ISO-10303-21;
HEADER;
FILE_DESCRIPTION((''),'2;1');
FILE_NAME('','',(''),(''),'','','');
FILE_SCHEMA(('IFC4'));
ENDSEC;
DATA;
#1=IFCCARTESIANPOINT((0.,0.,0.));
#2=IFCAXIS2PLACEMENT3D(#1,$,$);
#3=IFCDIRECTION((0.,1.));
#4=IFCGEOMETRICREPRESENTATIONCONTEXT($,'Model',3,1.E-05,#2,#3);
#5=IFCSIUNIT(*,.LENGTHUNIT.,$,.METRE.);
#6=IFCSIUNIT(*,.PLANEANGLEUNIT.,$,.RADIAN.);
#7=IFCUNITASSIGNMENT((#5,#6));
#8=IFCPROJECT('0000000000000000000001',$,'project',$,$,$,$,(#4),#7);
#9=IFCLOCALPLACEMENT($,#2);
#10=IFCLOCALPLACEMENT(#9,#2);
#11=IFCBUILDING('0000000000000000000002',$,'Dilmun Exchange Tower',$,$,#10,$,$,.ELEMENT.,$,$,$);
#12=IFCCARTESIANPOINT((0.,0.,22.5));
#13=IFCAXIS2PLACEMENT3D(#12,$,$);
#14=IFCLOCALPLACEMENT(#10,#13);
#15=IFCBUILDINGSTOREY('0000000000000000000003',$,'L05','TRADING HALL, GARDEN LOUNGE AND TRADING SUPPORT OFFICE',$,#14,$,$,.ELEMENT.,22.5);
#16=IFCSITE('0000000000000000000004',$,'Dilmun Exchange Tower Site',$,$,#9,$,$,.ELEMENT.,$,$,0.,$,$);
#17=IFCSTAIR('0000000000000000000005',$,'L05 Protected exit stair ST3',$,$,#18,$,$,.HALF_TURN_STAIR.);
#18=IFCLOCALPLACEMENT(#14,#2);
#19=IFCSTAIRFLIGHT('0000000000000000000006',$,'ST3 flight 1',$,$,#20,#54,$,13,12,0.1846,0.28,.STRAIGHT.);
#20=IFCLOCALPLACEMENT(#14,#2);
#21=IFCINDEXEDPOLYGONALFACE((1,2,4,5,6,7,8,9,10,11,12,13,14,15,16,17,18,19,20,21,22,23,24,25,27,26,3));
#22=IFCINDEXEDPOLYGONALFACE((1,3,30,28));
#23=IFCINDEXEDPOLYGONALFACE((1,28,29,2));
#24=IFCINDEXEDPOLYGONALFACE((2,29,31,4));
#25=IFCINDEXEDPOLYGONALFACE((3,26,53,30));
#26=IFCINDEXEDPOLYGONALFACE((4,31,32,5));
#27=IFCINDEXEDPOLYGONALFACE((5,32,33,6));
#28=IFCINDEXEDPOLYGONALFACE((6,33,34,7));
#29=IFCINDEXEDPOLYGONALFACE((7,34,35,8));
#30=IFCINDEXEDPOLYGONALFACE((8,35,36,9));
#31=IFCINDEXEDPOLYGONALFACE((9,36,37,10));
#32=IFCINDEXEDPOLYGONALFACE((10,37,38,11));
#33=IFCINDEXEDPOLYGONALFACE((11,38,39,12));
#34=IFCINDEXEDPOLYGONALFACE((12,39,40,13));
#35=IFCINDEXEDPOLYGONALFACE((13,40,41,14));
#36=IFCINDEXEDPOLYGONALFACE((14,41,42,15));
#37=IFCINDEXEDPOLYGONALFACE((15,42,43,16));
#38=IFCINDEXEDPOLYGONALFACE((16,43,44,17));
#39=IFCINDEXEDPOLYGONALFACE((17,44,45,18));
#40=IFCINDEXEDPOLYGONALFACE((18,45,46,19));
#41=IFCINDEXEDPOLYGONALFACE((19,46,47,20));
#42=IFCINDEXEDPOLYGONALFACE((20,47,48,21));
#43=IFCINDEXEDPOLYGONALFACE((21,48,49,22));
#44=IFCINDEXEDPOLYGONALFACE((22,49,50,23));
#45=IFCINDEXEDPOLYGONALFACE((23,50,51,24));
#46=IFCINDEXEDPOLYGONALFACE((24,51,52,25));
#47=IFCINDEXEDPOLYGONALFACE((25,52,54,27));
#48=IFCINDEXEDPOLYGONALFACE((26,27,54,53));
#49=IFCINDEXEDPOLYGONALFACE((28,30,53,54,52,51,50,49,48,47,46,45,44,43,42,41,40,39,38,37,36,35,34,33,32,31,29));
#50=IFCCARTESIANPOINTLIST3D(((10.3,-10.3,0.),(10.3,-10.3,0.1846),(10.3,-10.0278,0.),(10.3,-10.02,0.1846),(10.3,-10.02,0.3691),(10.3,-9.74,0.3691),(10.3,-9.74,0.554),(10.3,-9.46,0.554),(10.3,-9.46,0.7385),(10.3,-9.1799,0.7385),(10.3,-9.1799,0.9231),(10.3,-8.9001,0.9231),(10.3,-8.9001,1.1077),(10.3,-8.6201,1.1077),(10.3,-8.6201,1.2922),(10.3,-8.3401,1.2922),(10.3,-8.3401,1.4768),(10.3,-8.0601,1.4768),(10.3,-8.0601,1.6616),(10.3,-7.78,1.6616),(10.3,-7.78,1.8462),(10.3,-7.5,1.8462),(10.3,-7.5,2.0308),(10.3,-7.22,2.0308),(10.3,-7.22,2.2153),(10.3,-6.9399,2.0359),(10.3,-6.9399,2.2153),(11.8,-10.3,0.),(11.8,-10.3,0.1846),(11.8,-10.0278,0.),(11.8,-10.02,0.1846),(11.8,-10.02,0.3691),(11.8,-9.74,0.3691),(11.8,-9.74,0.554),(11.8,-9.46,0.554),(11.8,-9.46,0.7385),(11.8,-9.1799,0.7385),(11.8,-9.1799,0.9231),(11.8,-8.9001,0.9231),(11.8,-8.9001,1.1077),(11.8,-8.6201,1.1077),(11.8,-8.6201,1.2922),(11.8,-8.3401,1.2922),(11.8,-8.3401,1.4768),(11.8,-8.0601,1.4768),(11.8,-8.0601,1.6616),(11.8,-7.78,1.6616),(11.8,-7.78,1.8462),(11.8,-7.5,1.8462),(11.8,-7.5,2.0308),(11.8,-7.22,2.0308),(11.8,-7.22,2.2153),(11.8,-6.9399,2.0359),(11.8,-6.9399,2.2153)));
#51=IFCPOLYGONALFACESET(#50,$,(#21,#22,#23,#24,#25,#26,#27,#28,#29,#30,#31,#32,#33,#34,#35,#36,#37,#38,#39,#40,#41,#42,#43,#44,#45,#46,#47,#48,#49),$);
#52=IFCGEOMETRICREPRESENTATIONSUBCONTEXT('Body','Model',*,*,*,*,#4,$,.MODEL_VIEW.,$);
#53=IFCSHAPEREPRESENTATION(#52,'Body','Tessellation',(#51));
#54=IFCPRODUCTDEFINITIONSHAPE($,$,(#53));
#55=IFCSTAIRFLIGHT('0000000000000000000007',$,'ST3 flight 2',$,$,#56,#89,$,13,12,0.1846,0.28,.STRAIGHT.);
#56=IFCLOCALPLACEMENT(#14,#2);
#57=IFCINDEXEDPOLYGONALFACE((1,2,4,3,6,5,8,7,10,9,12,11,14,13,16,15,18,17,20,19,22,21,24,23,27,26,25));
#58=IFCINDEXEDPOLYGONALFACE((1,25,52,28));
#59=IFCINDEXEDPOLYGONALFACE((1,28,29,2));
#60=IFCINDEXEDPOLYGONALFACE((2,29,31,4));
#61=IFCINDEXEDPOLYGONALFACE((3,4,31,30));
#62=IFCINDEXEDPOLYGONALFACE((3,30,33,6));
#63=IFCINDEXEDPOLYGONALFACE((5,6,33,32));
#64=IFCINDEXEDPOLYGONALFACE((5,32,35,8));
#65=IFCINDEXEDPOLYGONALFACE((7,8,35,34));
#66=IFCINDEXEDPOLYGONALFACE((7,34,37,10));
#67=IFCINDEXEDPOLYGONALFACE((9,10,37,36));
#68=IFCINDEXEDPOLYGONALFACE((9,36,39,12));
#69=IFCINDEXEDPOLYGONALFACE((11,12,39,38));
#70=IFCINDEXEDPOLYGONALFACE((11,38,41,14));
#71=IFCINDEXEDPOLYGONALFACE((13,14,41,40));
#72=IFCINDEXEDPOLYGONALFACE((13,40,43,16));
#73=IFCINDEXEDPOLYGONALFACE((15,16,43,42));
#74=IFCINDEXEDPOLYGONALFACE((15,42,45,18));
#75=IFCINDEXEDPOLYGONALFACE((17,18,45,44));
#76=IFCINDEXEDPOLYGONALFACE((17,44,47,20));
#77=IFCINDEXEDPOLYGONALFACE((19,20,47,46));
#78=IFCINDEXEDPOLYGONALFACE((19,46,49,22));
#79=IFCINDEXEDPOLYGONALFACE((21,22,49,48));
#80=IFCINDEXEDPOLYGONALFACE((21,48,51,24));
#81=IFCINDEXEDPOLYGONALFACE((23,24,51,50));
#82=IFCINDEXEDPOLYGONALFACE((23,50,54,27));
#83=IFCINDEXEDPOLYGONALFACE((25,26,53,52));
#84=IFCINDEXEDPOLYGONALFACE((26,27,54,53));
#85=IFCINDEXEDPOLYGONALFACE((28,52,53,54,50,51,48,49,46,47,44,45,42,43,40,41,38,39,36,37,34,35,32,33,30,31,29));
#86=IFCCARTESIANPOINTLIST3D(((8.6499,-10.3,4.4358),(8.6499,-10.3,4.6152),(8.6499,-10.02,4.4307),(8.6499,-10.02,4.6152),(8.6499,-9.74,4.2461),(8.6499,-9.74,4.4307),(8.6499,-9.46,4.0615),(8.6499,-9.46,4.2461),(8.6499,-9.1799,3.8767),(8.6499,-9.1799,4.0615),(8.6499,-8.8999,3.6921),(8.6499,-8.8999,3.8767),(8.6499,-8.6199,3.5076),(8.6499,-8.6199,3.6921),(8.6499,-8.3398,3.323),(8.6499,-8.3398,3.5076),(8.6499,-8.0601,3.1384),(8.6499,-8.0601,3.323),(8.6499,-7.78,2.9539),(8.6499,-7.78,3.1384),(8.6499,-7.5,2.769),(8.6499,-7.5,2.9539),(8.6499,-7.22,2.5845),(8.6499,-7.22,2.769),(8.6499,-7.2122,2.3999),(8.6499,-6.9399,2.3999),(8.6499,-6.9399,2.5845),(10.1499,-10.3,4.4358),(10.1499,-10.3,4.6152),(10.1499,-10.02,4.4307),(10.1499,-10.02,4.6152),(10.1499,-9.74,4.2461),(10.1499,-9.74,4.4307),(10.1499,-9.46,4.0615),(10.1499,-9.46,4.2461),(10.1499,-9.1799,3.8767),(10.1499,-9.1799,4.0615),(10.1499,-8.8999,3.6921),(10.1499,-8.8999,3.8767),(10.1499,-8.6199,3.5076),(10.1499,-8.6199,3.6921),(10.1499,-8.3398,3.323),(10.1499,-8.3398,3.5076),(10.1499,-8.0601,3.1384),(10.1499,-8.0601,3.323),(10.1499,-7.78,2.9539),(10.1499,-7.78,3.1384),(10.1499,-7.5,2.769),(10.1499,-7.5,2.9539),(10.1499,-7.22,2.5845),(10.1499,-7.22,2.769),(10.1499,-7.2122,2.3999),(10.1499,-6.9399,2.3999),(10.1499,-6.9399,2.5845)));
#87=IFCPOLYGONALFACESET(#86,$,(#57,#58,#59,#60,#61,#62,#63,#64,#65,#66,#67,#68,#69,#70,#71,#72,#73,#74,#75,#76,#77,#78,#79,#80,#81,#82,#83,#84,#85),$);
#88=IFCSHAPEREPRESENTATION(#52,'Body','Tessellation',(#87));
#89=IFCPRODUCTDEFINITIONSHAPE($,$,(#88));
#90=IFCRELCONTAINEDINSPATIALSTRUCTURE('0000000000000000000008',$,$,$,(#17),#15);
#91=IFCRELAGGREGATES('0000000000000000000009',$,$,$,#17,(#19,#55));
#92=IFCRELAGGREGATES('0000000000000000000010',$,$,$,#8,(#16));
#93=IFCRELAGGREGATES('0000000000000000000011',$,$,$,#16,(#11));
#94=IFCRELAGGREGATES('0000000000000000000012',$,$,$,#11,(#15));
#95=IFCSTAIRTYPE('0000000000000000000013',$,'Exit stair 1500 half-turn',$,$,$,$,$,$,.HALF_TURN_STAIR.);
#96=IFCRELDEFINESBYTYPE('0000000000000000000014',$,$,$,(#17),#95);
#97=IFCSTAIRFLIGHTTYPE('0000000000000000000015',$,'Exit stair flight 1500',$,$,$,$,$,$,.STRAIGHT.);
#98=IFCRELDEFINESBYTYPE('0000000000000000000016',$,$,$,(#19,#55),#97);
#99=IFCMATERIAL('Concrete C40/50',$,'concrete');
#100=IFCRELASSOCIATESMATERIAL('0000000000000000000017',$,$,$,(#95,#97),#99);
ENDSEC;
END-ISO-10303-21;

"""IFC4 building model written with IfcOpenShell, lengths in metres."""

from ifc_helpers import new_model, si_unit, direction, frame, origin, place, context, subcontext, project, spatial, polyline, outline, extrude, material, type_object, element, aggregate, save


model = new_model("IFC4")

# Units and contexts
model_context = context("Model", 3, precision=1e-05, world=origin(), true_north=direction((0.0, 1.0)))
body_context = subcontext(model_context, "Body", "Model", "MODEL_VIEW")
ifc_project = project(units=[si_unit("LENGTHUNIT", "METRE"), si_unit("PLANEANGLEUNIT", "RADIAN")], contexts=[model_context])

# Site, building, storey
site_placement = place(None, origin())
site = spatial("IfcSite", under=ifc_project, at=site_placement, Name="Dilmun Exchange Tower Site", CompositionType="ELEMENT", RefElevation=0.0)
building_placement = place(site_placement, origin())
building = spatial("IfcBuilding", under=site, at=building_placement, Name="Dilmun Exchange Tower", CompositionType="ELEMENT")
storey_placement = place(building_placement, frame((0.0, 0.0, 22.5)))
storey = spatial("IfcBuildingStorey", under=building, at=storey_placement, Name="L05", Description="TRADING HALL, GARDEN LOUNGE AND TRADING SUPPORT OFFICE", CompositionType="ELEMENT", Elevation=22.5)

# Shared definitions
ifc_material_1 = material(Name="Concrete C40/50", Category="concrete")

# Stair, stair flights
stair_type = type_object("IfcStairType", Name="Exit stair 1500 half-turn", PredefinedType="HALF_TURN_STAIR", material=ifc_material_1)
stair_placement = place(storey_placement, origin())
stair = element("IfcStair", 1, at=stair_placement, inside=storey, type_object=stair_type, Name="L05 Protected exit stair ST3", PredefinedType="HALF_TURN_STAIR")
stair_flight_type = type_object("IfcStairFlightType", Name="Exit stair flight 1500", PredefinedType="STRAIGHT", material=ifc_material_1)
stair_flight_1_placement = place(storey_placement, frame((11.05, -10.3, 0.0), z_axis=(0.0, 0.0, 1.0), x_axis=(0.0, 1.0, 0.0)))
stair_flight_1 = element("IfcStairFlight", 2, at=stair_flight_1_placement, type_object=stair_flight_type, Name="ST3 flight 1", NumberOfRisers=13, NumberOfTreads=12, PredefinedType="STRAIGHT", RiserHeight=0.1846, TreadLength=0.28, context=body_context, shape_type="SweptSolid", body=[
    extrude(outline(polyline([(0.0, 0.0), (0.0, 0.1846), (0.28, 0.1846), (0.28, 0.3691), (0.5601, 0.3691), (0.5601, 0.554), (0.8401, 0.554), (0.8401, 0.7385), (1.1201, 0.7385), (1.1201, 0.9231), (1.3999, 0.9231), (1.3999, 1.1077), (1.6799, 1.1077), (1.6799, 1.2922), (1.96, 1.2922), (1.96, 1.4768), (2.24, 1.4768), (2.24, 1.6616), (2.52, 1.6616), (2.52, 1.8462), (2.8, 1.8462), (2.8, 2.0308), (3.0801, 2.0308), (3.0801, 2.2153), (3.3601, 2.2153), (3.3601, 2.3999), (3.3601, 2.0359), (0.2722, 0.0), (0.0, 0.0)])), frame((0.0, 0.75, 0.0), z_axis=(0.0, -1.0, 0.0), x_axis=(1.0, 0.0, 0.0)), (0.0, 0.0, 1.0), 1.5),
])
stair_flight_2_placement = place(storey_placement, frame((9.3999, -6.9399, 2.3999), z_axis=(0.0, 0.0, 1.0), x_axis=(0.0, -1.0, 0.0)))
stair_flight_2 = element("IfcStairFlight", 3, at=stair_flight_2_placement, type_object=stair_flight_type, Name="ST3 flight 2", NumberOfRisers=13, NumberOfTreads=12, PredefinedType="STRAIGHT", RiserHeight=0.1846, TreadLength=0.28, context=body_context, shape_type="SweptSolid", body=[
    extrude(outline(polyline([(0.0, 0.0), (0.0, 0.1846), (0.28, 0.1846), (0.28, 0.3691), (0.5601, 0.3691), (0.5601, 0.554), (0.8401, 0.554), (0.8401, 0.7385), (1.1201, 0.7385), (1.1201, 0.9231), (1.3999, 0.9231), (1.3999, 1.1077), (1.6799, 1.1077), (1.6799, 1.2922), (1.96, 1.2922), (1.96, 1.4768), (2.24, 1.4768), (2.24, 1.6616), (2.52, 1.6616), (2.52, 1.8462), (2.8, 1.8462), (2.8, 2.0308), (3.0801, 2.0308), (3.0801, 2.2153), (3.3601, 2.2153), (3.3601, 2.3999), (3.3601, 2.0359), (0.2722, 0.0), (0.0, 0.0)])), frame((0.0, 0.75, 0.0), z_axis=(0.0, -1.0, 0.0), x_axis=(1.0, 0.0, 0.0)), (0.0, 0.0, 1.0), 1.5),
])
aggregate(stair, [stair_flight_1, stair_flight_2])

save(model, "model.ifc")
